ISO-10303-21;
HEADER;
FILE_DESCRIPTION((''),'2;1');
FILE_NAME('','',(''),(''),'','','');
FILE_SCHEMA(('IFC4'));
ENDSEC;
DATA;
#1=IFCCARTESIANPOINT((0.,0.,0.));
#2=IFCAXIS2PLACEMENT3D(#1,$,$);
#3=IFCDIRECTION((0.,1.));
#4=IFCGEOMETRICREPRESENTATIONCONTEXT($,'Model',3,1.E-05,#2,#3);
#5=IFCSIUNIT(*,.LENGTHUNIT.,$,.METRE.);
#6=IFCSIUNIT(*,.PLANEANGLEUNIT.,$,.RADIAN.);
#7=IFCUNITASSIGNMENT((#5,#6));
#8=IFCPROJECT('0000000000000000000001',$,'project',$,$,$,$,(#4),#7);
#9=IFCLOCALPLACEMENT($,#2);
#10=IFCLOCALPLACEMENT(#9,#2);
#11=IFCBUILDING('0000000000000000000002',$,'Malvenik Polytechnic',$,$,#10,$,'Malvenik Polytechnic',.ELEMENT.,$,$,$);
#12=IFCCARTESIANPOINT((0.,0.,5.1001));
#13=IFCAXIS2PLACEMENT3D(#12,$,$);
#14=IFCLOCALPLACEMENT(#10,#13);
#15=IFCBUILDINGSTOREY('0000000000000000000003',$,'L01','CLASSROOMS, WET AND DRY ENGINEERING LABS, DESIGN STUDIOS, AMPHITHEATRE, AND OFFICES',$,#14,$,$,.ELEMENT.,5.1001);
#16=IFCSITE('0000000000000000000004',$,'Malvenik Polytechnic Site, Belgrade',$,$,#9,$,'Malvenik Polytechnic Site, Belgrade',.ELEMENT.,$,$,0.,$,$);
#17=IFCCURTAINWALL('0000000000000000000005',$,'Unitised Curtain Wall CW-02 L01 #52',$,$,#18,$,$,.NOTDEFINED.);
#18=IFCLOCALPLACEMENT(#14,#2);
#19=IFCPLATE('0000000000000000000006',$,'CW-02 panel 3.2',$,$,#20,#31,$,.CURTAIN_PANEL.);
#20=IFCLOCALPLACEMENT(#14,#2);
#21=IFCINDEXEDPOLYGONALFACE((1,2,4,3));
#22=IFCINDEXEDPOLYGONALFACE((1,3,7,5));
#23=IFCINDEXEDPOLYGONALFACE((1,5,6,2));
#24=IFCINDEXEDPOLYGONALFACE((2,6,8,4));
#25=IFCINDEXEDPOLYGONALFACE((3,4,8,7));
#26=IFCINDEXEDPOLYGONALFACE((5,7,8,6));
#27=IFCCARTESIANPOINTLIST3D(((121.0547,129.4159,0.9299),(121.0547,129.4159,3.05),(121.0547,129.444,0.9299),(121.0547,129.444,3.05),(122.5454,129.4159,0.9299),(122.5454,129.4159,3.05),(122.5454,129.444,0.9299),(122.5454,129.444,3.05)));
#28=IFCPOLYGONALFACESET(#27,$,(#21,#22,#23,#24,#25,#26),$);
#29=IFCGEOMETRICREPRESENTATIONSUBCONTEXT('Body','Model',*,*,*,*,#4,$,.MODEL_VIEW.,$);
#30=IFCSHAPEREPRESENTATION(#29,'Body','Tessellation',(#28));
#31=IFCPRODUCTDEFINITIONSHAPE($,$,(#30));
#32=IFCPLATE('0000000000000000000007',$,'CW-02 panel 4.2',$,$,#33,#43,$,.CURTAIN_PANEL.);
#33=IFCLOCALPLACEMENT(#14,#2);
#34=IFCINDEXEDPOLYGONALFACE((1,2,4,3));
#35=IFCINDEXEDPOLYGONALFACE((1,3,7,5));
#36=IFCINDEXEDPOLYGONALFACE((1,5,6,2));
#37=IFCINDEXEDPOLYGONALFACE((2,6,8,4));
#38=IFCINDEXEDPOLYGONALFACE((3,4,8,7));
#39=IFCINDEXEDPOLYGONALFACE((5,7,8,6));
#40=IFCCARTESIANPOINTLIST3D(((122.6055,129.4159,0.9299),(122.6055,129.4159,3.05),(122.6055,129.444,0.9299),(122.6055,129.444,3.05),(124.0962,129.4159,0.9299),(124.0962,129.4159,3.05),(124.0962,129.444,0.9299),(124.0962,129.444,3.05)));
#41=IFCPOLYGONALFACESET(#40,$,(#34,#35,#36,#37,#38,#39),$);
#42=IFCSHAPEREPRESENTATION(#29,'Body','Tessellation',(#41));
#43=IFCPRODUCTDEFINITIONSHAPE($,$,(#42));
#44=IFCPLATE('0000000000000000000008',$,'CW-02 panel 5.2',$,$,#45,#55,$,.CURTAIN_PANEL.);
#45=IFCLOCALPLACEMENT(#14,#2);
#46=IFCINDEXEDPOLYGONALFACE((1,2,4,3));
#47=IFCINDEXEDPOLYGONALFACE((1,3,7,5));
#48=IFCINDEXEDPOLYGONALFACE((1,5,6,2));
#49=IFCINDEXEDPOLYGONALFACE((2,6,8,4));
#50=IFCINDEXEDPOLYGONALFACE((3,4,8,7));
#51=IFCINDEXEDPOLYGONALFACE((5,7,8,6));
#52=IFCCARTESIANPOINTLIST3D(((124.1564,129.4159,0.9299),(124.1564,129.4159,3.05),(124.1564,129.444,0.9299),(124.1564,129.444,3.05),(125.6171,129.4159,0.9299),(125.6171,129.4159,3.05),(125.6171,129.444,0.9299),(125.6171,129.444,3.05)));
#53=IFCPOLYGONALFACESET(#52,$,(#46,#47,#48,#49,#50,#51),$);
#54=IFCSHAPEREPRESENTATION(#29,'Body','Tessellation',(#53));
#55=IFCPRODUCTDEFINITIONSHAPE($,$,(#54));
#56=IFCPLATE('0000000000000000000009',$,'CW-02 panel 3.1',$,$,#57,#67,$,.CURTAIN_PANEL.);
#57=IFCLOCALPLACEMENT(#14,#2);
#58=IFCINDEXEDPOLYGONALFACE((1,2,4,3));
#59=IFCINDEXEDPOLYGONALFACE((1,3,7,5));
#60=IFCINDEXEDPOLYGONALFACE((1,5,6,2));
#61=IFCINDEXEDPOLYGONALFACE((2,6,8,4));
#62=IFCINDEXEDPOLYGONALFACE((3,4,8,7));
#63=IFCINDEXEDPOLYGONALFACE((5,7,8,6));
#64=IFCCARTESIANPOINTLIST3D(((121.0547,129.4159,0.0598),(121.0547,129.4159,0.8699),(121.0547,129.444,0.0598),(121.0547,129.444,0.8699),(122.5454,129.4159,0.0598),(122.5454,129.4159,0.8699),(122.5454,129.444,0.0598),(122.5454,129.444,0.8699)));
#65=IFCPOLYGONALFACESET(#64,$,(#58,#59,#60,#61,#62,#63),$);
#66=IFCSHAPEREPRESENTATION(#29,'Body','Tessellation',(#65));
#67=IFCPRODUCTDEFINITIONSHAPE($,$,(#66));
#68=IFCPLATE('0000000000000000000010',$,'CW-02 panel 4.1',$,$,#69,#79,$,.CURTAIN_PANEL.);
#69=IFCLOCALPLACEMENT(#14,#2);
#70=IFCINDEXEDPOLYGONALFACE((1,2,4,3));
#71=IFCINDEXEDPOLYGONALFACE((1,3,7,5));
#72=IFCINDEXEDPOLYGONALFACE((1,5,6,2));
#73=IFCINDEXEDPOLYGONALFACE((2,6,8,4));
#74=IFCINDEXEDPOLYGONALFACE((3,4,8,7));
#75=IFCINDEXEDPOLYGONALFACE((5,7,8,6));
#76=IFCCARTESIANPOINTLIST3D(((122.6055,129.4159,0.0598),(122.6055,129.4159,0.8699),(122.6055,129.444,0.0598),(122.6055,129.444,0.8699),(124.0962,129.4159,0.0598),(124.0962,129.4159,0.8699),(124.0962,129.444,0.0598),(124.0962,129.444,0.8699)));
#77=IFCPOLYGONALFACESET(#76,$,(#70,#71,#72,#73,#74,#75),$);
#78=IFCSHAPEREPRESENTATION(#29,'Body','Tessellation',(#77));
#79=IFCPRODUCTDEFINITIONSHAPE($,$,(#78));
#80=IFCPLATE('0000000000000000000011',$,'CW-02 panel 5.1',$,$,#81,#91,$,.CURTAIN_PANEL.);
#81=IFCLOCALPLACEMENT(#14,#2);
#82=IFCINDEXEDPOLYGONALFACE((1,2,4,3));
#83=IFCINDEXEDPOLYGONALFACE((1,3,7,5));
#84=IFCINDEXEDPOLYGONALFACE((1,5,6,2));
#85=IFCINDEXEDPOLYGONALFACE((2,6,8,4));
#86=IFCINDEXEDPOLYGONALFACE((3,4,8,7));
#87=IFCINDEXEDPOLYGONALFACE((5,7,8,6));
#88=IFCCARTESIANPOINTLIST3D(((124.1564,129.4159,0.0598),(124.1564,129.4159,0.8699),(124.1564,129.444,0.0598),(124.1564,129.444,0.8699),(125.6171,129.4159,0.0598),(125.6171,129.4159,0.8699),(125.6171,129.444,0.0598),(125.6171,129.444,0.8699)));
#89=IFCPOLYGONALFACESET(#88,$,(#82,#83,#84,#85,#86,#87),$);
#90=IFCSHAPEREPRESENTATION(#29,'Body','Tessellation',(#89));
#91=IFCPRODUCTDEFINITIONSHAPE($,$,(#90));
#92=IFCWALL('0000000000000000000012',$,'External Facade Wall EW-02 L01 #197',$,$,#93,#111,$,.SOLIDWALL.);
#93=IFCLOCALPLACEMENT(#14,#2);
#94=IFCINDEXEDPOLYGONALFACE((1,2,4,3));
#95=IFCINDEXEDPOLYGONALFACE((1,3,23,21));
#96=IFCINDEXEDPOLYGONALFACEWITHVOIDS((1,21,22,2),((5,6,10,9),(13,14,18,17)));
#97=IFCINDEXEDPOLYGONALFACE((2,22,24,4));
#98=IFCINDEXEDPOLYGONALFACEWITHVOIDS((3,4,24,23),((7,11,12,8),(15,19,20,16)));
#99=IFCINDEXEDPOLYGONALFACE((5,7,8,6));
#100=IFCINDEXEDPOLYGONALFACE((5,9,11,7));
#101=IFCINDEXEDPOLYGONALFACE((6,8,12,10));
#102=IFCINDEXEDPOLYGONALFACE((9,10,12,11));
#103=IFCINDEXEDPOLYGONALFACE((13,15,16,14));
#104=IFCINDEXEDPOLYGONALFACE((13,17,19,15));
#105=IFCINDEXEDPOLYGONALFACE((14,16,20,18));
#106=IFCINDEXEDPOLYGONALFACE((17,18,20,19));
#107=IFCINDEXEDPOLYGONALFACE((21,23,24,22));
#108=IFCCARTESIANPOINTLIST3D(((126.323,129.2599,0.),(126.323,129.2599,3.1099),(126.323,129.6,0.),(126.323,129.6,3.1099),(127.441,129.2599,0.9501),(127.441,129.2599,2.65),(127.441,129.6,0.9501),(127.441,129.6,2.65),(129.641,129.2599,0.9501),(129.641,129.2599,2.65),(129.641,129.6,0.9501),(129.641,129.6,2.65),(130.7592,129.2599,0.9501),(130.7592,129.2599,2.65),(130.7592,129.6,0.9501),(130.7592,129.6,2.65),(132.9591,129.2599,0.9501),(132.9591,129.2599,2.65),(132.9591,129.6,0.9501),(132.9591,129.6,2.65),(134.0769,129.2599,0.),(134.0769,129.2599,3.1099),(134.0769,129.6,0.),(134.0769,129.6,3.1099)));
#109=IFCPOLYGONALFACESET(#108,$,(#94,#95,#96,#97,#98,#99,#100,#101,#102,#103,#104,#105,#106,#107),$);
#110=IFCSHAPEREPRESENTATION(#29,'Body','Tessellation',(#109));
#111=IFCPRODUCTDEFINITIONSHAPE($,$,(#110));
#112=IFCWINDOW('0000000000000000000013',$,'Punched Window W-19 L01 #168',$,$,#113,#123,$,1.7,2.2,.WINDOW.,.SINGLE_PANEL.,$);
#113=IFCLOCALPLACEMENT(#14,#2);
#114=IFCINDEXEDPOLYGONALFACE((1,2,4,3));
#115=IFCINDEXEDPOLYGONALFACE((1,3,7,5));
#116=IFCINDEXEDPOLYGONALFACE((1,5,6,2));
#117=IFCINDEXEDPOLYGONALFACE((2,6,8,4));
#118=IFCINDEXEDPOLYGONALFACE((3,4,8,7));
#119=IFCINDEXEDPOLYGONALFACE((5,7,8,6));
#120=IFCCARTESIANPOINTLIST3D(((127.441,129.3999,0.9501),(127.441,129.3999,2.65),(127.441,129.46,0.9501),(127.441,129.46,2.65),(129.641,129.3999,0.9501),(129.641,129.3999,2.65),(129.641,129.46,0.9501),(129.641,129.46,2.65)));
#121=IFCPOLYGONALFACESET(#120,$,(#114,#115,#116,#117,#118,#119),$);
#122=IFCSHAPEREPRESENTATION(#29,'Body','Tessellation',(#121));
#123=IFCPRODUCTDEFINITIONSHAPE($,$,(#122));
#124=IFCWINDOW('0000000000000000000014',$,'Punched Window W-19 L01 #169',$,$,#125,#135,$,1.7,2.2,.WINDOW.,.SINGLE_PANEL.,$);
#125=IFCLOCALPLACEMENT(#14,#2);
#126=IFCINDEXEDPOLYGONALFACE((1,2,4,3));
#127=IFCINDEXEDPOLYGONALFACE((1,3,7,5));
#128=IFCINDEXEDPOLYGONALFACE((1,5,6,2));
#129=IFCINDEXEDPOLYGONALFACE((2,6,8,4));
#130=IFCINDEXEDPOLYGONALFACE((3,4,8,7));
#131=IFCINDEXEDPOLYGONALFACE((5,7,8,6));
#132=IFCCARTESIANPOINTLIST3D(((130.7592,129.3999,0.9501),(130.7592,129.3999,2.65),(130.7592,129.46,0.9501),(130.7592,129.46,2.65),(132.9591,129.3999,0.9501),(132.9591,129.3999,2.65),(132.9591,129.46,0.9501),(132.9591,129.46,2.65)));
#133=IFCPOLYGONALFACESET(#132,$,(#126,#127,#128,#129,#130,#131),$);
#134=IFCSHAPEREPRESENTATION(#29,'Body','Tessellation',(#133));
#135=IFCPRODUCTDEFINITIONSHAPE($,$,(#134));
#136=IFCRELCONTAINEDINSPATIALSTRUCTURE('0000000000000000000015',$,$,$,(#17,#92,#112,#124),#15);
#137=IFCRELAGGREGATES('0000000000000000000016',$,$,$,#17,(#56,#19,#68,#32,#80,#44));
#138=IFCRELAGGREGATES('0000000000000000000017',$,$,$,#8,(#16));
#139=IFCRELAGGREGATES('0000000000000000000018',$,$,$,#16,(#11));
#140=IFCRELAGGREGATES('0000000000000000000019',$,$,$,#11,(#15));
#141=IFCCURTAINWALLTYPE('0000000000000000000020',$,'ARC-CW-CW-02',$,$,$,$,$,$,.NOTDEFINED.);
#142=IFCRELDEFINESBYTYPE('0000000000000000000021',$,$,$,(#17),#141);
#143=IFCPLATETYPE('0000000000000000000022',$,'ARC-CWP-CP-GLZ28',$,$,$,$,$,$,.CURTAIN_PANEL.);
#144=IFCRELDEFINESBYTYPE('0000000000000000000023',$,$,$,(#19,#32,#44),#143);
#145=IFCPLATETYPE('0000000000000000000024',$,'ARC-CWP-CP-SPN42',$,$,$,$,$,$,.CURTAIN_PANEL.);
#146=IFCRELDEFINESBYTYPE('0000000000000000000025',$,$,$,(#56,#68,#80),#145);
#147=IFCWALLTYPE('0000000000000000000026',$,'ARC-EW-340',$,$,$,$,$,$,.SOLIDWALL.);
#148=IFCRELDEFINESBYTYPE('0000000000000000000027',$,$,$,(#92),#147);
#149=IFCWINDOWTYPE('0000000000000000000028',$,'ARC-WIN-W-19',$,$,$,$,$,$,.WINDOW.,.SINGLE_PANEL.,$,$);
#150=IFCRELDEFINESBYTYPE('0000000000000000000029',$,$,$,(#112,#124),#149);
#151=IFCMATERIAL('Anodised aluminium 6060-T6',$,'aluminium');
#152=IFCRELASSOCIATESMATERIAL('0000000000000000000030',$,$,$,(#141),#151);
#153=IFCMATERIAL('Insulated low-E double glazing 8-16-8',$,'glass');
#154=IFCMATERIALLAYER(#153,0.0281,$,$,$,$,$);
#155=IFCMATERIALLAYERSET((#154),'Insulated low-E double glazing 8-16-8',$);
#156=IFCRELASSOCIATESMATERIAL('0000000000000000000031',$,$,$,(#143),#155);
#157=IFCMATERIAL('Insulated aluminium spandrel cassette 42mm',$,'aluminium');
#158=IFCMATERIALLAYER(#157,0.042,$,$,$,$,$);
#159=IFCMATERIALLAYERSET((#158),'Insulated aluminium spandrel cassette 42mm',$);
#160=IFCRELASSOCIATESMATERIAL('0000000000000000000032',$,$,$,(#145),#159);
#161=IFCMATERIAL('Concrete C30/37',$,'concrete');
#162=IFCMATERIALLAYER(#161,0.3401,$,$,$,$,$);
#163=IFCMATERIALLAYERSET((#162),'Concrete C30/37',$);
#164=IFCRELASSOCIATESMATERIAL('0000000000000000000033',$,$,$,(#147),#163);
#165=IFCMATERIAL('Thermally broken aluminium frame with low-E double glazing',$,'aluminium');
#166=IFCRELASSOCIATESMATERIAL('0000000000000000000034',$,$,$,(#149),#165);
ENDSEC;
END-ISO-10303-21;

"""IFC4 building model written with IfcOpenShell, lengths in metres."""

from ifc_helpers import new_model, si_unit, direction, frame, frame_2d, origin, origin_2d, place, context, subcontext, project, spatial, rectangle, extrude, material, layer, layer_set, type_object, element, fill, aggregate, save


model = new_model("IFC4")

# Units and contexts
model_context = context("Model", 3, precision=1e-05, world=origin(), true_north=direction((0.0, 1.0)))
body_context = subcontext(model_context, "Body", "Model", "MODEL_VIEW")
ifc_project = project(units=[si_unit("LENGTHUNIT", "METRE"), si_unit("PLANEANGLEUNIT", "RADIAN")], contexts=[model_context])

# Site, building, storey
site_placement = place(None, origin())
site = spatial("IfcSite", under=ifc_project, at=site_placement, Name="Malvenik Polytechnic Site, Belgrade", LongName="Malvenik Polytechnic Site, Belgrade", CompositionType="ELEMENT", RefElevation=0.0)
building_placement = place(site_placement, origin())
building = spatial("IfcBuilding", under=site, at=building_placement, Name="Malvenik Polytechnic", LongName="Malvenik Polytechnic", CompositionType="ELEMENT")
storey_placement = place(building_placement, frame((0.0, 0.0, 5.1001)))
storey = spatial("IfcBuildingStorey", under=building, at=storey_placement, Name="L01", Description="CLASSROOMS, WET AND DRY ENGINEERING LABS, DESIGN STUDIOS, AMPHITHEATRE, AND OFFICES", CompositionType="ELEMENT", Elevation=5.1001)

# Curtain wall
ifc_material_1 = material(Name="Anodised aluminium 6060-T6", Category="aluminium")
curtain_wall_type = type_object("IfcCurtainWallType", Name="ARC-CW-CW-02", PredefinedType="NOTDEFINED", material=ifc_material_1)
curtain_wall_placement = place(storey_placement, origin())
curtain_wall = element("IfcCurtainWall", 1, at=curtain_wall_placement, inside=storey, type_object=curtain_wall_type, Name="Unitised Curtain Wall CW-02 L01 #52", PredefinedType="NOTDEFINED")

# Plates
ifc_material_2 = material(Name="Insulated low-E double glazing 8-16-8", Category="glass")
ifc_layer_1 = layer(ifc_material_2, 0.0281)
ifc_layer_set_1 = layer_set([ifc_layer_1], Name="Insulated low-E double glazing 8-16-8")
plate_type_1 = type_object("IfcPlateType", Name="ARC-CWP-CP-GLZ28", PredefinedType="CURTAIN_PANEL", material=ifc_layer_set_1)
plate_1_placement = place(storey_placement, frame((121.8, 129.4299, 0.9299), z_axis=(0.0, 0.0, 1.0), x_axis=(1.0, 0.0, 0.0)))
plate_1 = element("IfcPlate", 2, at=plate_1_placement, type_object=plate_type_1, Name="CW-02 panel 3.2", PredefinedType="CURTAIN_PANEL", context=body_context, shape_type="SweptSolid", body=[
    extrude(rectangle(XDim=1.4907, YDim=0.0281, at=origin_2d()), origin(), (0.0, 0.0, 1.0), 2.1201),
])
plate_2_placement = place(storey_placement, frame((123.3508, 129.4299, 0.9299), z_axis=(0.0, 0.0, 1.0), x_axis=(1.0, 0.0, 0.0)))
plate_2 = element("IfcPlate", 3, at=plate_2_placement, type_object=plate_type_1, Name="CW-02 panel 4.2", PredefinedType="CURTAIN_PANEL", context=body_context, shape_type="SweptSolid", body=[
    extrude(rectangle(XDim=1.4907, YDim=0.0281, at=origin_2d()), origin(), (0.0, 0.0, 1.0), 2.1201),
])
plate_3_placement = place(storey_placement, frame((124.8867, 129.4299, 0.9299), z_axis=(0.0, 0.0, 1.0), x_axis=(1.0, 0.0, 0.0)))
plate_3 = element("IfcPlate", 4, at=plate_3_placement, type_object=plate_type_1, Name="CW-02 panel 5.2", PredefinedType="CURTAIN_PANEL", context=body_context, shape_type="SweptSolid", body=[
    extrude(rectangle(XDim=1.4607, YDim=0.0281, at=origin_2d()), origin(), (0.0, 0.0, 1.0), 2.1201),
])
ifc_material_3 = material(Name="Insulated aluminium spandrel cassette 42mm", Category="aluminium")
ifc_layer_2 = layer(ifc_material_3, 0.042)
ifc_layer_set_2 = layer_set([ifc_layer_2], Name="Insulated aluminium spandrel cassette 42mm")
plate_type_2 = type_object("IfcPlateType", Name="ARC-CWP-CP-SPN42", PredefinedType="CURTAIN_PANEL", material=ifc_layer_set_2)
plate_4_placement = place(storey_placement, frame((121.8, 129.4299, 0.0598), z_axis=(0.0, 0.0, 1.0), x_axis=(1.0, 0.0, 0.0)))
plate_4 = element("IfcPlate", 5, at=plate_4_placement, type_object=plate_type_2, Name="CW-02 panel 3.1", PredefinedType="CURTAIN_PANEL", context=body_context, shape_type="SweptSolid", body=[
    extrude(rectangle(XDim=1.4907, YDim=0.0281, at=origin_2d()), origin(), (0.0, 0.0, 1.0), 0.8101),
])
plate_5_placement = place(storey_placement, frame((123.3508, 129.4299, 0.0598), z_axis=(0.0, 0.0, 1.0), x_axis=(1.0, 0.0, 0.0)))
plate_5 = element("IfcPlate", 6, at=plate_5_placement, type_object=plate_type_2, Name="CW-02 panel 4.1", PredefinedType="CURTAIN_PANEL", context=body_context, shape_type="SweptSolid", body=[
    extrude(rectangle(XDim=1.4907, YDim=0.0281, at=origin_2d()), origin(), (0.0, 0.0, 1.0), 0.8101),
])
plate_6_placement = place(storey_placement, frame((124.8867, 129.4299, 0.0598), z_axis=(0.0, 0.0, 1.0), x_axis=(1.0, 0.0, 0.0)))
plate_6 = element("IfcPlate", 7, at=plate_6_placement, type_object=plate_type_2, Name="CW-02 panel 5.1", PredefinedType="CURTAIN_PANEL", context=body_context, shape_type="SweptSolid", body=[
    extrude(rectangle(XDim=1.4607, YDim=0.0281, at=origin_2d()), origin(), (0.0, 0.0, 1.0), 0.8101),
])
aggregate(curtain_wall, [plate_4, plate_1, plate_5, plate_2, plate_6, plate_3])

# Wall, openings, windows
ifc_material_4 = material(Name="Concrete C30/37", Category="concrete")
ifc_layer_3 = layer(ifc_material_4, 0.3401)
ifc_layer_set_3 = layer_set([ifc_layer_3], Name="Concrete C30/37")
wall_type = type_object("IfcWallType", Name="ARC-EW-340", PredefinedType="SOLIDWALL", material=ifc_layer_set_3)
wall_placement = place(storey_placement, frame((126.323, 129.4299, 0.0), z_axis=(0.0, 0.0, 1.0), x_axis=(1.0, 0.0, 0.0)))
wall = element("IfcWall", 8, at=wall_placement, inside=storey, type_object=wall_type, Name="External Facade Wall EW-02 L01 #197", PredefinedType="SOLIDWALL", context=body_context, shape_type="SweptSolid", body=[
    extrude(rectangle(XDim=7.7539, YDim=0.3401, at=frame_2d((3.877, 0.0))), origin(), (0.0, 0.0, 1.0), 3.1099),
])
opening_1_placement = place(wall_placement, frame((1.1179, 0.0, 0.95)))
opening_1 = element("IfcOpeningElement", 9, at=opening_1_placement, cuts=wall, PredefinedType="OPENING", context=body_context, shape_type="SweptSolid", body=[
    extrude(rectangle(XDim=2.2, YDim=1.7, at=frame_2d((1.1001, 0.8501))), frame((0.0, 0.1802, 0.0), z_axis=(0.0, -1.0, 0.0), x_axis=(1.0, 0.0, 0.0)), (0.0, 0.0, 1.0), 0.3601),
])
opening_2_placement = place(wall_placement, frame((4.436, 0.0, 0.95)))
opening_2 = element("IfcOpeningElement", 10, at=opening_2_placement, cuts=wall, PredefinedType="OPENING", context=body_context, shape_type="SweptSolid", body=[
    extrude(rectangle(XDim=2.2, YDim=1.7, at=frame_2d((1.1001, 0.8501))), frame((0.0, 0.1802, 0.0), z_axis=(0.0, -1.0, 0.0), x_axis=(1.0, 0.0, 0.0)), (0.0, 0.0, 1.0), 0.3601),
])
ifc_material_5 = material(Name="Thermally broken aluminium frame with low-E double glazing", Category="aluminium")
window_type = type_object("IfcWindowType", Name="ARC-WIN-W-19", PartitioningType="SINGLE_PANEL", PredefinedType="WINDOW", material=ifc_material_5)
window_1_placement = place(opening_1_placement, origin())
window_1 = element("IfcWindow", 11, at=window_1_placement, inside=storey, type_object=window_type, Name="Punched Window W-19 L01 #168", OverallHeight=1.7, OverallWidth=2.2, PartitioningType="SINGLE_PANEL", PredefinedType="WINDOW", context=body_context, shape_type="SweptSolid", body=[
    extrude(rectangle(XDim=2.2, YDim=1.7, at=frame_2d((1.1001, 0.8501))), frame((0.0, 0.03, 0.0), z_axis=(0.0, -1.0, 0.0), x_axis=(1.0, 0.0, 0.0)), (0.0, 0.0, 1.0), 0.0601),
])
fill(opening_1, window_1)
window_2_placement = place(opening_2_placement, origin())
window_2 = element("IfcWindow", 12, at=window_2_placement, inside=storey, type_object=window_type, Name="Punched Window W-19 L01 #169", OverallHeight=1.7, OverallWidth=2.2, PartitioningType="SINGLE_PANEL", PredefinedType="WINDOW", context=body_context, shape_type="SweptSolid", body=[
    extrude(rectangle(XDim=2.2, YDim=1.7, at=frame_2d((1.1001, 0.8501))), frame((0.0, 0.03, 0.0), z_axis=(0.0, -1.0, 0.0), x_axis=(1.0, 0.0, 0.0)), (0.0, 0.0, 1.0), 0.0601),
])
fill(opening_2, window_2)

save(model, "model.ifc")
